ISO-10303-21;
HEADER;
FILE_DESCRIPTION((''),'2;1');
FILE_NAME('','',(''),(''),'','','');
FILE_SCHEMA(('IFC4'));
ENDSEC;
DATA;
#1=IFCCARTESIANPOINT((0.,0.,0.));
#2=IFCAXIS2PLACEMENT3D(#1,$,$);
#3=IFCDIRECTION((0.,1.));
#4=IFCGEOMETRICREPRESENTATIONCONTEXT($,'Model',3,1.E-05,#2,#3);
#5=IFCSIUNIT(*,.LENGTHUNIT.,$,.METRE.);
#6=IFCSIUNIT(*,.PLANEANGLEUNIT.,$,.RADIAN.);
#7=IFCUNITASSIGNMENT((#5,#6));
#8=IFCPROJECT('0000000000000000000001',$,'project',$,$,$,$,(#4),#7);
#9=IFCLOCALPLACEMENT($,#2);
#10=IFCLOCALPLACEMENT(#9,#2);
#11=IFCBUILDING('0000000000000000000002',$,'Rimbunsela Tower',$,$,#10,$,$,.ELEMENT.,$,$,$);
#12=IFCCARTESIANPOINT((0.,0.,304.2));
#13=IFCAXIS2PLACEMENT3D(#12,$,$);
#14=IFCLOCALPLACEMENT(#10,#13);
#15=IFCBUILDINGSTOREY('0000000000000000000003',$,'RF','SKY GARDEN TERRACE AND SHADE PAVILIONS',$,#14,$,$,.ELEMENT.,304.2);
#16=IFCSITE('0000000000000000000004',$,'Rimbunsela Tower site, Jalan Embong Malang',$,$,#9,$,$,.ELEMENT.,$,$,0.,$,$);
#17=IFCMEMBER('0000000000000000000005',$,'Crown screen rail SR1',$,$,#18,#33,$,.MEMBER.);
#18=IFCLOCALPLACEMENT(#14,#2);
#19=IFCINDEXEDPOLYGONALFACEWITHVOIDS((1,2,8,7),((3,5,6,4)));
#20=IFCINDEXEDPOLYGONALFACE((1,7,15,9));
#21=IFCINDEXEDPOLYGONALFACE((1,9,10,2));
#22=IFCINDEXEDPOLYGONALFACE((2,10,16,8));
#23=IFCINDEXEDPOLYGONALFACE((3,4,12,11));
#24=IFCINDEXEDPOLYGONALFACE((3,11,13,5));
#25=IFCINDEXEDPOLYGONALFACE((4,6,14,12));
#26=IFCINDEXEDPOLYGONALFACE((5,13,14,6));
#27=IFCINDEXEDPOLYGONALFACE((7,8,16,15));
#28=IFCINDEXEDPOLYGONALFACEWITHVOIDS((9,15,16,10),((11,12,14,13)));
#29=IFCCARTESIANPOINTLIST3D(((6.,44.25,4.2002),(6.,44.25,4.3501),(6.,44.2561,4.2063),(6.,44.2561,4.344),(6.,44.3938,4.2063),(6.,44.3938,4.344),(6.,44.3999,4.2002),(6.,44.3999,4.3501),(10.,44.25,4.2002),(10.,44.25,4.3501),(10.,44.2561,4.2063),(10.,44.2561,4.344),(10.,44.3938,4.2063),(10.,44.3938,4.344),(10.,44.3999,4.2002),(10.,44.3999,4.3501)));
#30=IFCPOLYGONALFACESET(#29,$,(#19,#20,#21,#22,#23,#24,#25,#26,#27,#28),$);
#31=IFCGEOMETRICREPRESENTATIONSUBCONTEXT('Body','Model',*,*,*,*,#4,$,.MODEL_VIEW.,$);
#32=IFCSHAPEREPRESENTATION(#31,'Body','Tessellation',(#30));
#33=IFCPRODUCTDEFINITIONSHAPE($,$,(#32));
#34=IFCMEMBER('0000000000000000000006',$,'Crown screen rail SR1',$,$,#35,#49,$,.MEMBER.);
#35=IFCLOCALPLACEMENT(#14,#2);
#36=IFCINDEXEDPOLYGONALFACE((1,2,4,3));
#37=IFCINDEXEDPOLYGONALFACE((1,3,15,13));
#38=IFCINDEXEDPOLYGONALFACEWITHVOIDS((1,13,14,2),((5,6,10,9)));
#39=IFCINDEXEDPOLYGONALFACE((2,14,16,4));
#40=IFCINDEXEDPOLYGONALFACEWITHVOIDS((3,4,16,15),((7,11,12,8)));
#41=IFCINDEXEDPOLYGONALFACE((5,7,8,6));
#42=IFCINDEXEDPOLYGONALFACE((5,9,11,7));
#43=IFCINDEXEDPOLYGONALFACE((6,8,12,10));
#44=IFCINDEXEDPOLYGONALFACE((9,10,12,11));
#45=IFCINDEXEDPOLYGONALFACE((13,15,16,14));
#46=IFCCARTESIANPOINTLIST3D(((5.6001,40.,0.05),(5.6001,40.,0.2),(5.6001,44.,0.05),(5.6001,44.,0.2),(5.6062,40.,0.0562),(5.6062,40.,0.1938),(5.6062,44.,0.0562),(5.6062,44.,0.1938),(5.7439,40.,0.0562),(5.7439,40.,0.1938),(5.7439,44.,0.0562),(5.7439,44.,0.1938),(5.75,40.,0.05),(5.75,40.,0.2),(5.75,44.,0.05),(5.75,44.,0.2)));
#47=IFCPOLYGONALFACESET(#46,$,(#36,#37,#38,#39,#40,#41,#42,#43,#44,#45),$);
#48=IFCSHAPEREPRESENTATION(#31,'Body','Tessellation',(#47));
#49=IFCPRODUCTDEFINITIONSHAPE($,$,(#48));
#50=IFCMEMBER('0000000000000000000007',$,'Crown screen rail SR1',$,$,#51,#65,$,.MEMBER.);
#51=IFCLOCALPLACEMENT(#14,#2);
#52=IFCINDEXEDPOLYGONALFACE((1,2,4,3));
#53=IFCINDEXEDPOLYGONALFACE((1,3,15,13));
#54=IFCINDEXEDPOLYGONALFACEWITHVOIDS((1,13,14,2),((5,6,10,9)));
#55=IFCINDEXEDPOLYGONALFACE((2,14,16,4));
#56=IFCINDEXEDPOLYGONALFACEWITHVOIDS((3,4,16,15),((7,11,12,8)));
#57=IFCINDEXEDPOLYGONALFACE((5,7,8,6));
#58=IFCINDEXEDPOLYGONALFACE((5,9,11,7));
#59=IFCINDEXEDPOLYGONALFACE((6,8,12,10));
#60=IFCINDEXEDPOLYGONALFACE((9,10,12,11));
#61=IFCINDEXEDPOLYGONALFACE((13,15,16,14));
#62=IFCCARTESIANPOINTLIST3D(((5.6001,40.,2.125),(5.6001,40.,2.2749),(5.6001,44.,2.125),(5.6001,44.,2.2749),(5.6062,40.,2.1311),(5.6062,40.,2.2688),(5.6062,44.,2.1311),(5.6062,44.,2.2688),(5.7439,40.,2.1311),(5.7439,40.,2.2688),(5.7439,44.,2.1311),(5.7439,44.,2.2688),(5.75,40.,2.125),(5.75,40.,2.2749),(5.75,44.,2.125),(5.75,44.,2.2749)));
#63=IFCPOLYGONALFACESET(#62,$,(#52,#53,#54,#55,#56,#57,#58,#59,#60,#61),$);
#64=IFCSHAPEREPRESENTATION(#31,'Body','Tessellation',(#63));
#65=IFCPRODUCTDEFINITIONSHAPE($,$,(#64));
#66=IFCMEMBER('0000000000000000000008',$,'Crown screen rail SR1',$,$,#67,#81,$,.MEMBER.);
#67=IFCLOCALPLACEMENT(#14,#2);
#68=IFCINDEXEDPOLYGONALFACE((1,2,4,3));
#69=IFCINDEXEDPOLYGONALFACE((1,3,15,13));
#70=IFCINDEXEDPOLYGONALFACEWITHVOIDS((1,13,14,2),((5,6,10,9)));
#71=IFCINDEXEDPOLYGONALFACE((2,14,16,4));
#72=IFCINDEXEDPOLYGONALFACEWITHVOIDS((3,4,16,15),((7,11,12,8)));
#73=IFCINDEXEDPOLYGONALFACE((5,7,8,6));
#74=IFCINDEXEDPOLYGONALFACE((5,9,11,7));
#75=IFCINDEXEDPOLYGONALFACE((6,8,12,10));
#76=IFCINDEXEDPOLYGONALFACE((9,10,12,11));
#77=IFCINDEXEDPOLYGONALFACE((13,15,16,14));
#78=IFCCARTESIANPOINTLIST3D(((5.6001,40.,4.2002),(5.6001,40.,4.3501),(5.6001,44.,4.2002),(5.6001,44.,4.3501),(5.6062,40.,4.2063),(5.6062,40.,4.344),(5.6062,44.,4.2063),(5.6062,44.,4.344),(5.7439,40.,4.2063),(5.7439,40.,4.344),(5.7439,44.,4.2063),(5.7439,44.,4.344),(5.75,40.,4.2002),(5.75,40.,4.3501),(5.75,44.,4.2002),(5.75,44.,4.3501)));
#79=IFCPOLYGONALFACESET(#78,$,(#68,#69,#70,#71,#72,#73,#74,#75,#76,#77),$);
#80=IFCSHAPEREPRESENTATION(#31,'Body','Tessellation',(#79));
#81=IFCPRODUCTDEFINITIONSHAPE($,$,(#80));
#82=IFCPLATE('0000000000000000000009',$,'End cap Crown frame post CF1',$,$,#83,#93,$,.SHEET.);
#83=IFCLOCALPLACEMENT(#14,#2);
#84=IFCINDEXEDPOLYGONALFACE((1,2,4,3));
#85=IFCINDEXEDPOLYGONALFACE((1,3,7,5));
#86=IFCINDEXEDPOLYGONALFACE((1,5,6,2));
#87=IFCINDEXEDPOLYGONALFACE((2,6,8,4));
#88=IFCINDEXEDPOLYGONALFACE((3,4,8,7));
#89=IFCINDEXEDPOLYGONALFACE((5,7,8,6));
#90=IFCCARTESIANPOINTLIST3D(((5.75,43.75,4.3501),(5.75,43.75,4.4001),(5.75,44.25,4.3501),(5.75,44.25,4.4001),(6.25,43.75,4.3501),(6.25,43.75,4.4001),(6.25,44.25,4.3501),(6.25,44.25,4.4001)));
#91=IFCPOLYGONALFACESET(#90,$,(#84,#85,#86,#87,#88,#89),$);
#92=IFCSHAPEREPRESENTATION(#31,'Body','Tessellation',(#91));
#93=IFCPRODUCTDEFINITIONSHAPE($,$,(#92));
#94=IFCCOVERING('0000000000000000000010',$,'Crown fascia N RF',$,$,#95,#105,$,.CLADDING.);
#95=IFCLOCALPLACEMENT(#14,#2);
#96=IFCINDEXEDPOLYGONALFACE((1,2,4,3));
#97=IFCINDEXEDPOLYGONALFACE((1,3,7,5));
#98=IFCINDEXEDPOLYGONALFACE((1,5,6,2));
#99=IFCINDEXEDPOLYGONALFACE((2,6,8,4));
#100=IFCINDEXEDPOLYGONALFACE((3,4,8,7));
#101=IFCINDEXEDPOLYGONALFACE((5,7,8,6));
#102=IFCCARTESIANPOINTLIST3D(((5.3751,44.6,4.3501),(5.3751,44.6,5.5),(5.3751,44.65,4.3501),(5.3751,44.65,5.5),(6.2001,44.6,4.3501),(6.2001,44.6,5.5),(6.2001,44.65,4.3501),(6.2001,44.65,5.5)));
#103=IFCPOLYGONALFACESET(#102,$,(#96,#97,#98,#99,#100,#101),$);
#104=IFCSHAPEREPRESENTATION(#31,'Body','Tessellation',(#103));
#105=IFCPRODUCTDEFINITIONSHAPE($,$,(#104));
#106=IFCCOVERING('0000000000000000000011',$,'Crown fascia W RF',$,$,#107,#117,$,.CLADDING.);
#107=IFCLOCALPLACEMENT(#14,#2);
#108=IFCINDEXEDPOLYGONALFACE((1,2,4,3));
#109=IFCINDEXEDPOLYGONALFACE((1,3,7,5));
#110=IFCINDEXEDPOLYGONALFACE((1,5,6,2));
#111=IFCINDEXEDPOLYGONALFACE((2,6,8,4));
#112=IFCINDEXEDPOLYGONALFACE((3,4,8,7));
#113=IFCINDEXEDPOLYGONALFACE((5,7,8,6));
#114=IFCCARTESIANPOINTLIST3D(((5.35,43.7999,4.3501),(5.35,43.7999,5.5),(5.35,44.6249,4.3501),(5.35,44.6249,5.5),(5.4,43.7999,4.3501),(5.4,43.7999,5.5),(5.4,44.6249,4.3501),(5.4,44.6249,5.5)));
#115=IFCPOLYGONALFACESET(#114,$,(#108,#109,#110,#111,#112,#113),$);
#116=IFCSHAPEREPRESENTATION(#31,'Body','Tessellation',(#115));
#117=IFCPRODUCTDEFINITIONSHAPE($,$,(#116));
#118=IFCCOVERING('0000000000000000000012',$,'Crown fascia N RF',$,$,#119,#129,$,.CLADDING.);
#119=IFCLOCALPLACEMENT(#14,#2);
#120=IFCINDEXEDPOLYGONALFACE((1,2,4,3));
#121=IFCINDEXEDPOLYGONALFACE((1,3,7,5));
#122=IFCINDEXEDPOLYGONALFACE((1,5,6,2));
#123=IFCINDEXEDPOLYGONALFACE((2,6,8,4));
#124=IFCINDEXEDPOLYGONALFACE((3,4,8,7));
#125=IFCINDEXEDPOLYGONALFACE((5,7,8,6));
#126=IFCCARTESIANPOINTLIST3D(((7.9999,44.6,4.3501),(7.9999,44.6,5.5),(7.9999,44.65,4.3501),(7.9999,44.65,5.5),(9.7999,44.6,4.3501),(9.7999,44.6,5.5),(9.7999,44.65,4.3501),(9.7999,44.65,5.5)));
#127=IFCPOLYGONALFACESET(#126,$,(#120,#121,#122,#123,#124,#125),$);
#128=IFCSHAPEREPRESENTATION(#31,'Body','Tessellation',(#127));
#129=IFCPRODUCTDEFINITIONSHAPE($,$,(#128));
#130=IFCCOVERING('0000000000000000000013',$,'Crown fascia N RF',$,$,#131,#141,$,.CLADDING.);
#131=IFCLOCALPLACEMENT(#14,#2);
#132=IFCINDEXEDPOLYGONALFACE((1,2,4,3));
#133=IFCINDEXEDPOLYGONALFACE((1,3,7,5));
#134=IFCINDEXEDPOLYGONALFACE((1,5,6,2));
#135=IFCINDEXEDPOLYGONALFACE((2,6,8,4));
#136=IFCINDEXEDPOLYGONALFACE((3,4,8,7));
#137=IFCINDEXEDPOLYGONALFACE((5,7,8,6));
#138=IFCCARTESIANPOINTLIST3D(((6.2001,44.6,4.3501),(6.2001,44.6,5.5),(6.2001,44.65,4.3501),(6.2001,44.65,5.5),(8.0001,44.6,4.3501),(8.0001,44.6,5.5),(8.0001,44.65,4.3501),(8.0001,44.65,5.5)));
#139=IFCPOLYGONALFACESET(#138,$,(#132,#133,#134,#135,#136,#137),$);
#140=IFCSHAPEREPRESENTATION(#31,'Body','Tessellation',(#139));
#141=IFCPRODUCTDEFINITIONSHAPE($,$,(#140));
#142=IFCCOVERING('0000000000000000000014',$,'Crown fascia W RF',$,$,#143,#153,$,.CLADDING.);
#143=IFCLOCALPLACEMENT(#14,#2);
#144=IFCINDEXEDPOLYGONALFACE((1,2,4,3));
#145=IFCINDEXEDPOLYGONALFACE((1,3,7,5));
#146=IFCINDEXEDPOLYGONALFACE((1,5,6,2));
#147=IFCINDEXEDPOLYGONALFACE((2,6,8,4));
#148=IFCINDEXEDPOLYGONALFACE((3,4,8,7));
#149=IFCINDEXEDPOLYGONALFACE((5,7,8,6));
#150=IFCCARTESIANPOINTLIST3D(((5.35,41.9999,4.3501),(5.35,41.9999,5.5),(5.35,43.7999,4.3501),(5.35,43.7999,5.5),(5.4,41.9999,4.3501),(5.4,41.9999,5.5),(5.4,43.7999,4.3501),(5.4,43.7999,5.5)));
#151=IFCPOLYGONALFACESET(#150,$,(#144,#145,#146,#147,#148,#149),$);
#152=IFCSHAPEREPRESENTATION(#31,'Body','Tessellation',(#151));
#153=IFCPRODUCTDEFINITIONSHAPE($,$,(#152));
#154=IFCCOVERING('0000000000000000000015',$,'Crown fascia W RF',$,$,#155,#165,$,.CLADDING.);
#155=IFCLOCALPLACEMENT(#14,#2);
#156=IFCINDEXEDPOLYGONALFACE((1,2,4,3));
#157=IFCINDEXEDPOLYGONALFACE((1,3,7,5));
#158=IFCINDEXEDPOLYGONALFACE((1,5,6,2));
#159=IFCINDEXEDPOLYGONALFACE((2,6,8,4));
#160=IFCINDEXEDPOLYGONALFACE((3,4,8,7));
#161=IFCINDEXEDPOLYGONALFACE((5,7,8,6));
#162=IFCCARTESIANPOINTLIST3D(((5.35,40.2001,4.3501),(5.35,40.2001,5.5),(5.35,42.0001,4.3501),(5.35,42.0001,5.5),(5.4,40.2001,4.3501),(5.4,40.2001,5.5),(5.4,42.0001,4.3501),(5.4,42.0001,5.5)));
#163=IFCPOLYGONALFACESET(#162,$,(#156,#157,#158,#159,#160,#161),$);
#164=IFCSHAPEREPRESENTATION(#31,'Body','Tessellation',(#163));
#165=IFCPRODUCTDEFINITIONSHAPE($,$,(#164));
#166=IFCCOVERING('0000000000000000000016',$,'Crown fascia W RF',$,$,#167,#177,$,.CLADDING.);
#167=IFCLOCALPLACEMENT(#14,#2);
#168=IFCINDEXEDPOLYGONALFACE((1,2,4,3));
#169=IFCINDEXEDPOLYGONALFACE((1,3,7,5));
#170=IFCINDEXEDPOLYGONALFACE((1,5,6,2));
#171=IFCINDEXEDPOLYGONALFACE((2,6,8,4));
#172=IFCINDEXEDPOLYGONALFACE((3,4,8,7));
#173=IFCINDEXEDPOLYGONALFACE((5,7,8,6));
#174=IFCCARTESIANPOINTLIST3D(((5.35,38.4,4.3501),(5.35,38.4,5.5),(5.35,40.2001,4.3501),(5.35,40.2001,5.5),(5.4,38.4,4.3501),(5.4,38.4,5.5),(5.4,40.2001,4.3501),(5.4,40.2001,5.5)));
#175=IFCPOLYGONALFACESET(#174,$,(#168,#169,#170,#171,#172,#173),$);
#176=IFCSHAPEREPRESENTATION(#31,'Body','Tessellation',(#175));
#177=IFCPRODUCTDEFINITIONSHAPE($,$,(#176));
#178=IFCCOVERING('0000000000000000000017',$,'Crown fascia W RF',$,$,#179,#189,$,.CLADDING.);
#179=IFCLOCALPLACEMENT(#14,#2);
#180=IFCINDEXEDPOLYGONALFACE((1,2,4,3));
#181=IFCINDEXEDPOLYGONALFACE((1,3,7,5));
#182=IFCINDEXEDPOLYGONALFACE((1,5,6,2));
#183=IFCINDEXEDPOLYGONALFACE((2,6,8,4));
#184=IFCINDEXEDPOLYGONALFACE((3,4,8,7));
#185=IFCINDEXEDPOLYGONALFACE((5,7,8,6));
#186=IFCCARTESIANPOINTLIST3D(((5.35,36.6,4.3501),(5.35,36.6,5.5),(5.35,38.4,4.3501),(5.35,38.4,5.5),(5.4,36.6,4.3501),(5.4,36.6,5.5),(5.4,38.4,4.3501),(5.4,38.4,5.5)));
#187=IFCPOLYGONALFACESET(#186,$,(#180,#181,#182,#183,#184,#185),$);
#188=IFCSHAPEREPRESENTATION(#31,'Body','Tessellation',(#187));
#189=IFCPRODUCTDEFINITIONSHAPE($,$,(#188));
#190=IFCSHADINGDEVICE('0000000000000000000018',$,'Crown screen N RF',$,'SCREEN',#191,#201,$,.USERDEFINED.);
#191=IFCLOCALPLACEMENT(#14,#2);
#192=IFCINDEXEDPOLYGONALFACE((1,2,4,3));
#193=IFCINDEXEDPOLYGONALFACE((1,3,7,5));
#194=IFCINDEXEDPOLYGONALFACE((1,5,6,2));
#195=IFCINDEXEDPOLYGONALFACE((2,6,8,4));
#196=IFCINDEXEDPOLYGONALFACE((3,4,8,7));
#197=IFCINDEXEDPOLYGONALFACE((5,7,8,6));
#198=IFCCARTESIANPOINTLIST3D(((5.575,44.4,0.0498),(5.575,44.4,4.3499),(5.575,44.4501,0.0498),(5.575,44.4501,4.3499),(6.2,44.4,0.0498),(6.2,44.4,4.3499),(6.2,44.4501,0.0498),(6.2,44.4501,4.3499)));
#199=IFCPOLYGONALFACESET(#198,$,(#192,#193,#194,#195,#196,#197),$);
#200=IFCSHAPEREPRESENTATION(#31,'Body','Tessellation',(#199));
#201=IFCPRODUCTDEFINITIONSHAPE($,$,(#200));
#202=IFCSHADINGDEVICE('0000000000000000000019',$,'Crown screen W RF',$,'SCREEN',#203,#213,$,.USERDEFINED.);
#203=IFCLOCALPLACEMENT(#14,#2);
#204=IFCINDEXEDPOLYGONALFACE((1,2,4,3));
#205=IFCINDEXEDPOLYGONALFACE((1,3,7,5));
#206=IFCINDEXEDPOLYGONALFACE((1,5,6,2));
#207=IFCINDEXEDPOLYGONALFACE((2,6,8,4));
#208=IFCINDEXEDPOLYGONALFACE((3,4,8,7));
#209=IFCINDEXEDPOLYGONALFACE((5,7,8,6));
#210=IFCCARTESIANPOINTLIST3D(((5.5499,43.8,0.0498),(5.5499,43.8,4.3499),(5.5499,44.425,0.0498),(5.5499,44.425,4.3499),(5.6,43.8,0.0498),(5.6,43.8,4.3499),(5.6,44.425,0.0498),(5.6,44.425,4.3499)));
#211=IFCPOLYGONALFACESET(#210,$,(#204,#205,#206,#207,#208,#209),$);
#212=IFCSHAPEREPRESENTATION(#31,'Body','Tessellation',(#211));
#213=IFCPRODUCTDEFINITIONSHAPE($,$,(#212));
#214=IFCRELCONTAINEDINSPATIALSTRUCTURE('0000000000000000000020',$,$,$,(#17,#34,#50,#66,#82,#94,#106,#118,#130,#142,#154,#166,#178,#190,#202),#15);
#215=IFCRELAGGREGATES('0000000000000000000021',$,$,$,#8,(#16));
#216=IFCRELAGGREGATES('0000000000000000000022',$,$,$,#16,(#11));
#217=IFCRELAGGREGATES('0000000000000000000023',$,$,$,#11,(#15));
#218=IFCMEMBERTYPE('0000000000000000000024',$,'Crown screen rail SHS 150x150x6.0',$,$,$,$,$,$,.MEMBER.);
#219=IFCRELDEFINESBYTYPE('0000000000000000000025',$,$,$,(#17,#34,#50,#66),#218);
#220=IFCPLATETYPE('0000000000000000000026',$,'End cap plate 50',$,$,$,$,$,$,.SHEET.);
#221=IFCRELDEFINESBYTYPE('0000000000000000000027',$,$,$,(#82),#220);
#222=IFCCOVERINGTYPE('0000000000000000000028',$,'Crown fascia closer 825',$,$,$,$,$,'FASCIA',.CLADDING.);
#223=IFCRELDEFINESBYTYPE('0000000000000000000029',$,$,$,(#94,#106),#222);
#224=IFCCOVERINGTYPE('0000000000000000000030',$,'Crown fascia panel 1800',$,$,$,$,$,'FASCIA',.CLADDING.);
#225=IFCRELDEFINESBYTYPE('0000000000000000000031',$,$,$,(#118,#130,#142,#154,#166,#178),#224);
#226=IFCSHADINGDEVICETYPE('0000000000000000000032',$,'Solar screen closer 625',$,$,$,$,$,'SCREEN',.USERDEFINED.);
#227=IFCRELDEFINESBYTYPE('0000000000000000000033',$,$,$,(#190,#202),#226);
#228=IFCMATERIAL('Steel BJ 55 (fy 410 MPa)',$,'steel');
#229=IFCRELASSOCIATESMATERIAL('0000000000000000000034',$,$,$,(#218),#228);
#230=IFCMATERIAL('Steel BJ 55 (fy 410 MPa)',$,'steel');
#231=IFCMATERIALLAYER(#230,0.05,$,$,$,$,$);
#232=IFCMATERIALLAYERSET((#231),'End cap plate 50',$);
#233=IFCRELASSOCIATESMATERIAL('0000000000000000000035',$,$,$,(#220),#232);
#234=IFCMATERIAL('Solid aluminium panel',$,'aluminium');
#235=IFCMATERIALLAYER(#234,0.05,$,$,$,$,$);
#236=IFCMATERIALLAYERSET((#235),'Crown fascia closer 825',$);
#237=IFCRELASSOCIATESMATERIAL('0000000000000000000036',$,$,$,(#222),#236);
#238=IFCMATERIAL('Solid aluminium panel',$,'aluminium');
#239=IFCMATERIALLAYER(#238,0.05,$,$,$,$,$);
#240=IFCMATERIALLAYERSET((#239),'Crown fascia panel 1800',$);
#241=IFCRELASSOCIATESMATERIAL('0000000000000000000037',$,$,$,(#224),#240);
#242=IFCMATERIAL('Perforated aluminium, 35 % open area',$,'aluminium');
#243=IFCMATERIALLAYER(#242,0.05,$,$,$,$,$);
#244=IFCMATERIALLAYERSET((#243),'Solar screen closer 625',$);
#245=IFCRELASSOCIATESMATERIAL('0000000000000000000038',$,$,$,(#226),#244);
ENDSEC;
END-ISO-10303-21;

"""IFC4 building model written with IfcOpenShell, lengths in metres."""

from ifc_helpers import new_model, si_unit, direction, frame, origin, origin_2d, place, context, subcontext, project, spatial, rectangle, hollow_rectangle, extrude, material, layer, layer_set, material_profile, profile_set, type_object, element, save


model = new_model("IFC4")

# Units and contexts
model_context = context("Model", 3, precision=1e-05, world=origin(), true_north=direction((0.0, 1.0)))
body_context = subcontext(model_context, "Body", "Model", "MODEL_VIEW")
ifc_project = project(units=[si_unit("LENGTHUNIT", "METRE"), si_unit("PLANEANGLEUNIT", "RADIAN")], contexts=[model_context])

# Site, building, storey
site_placement = place(None, origin())
site = spatial("IfcSite", under=ifc_project, at=site_placement, Name="Rimbunsela Tower site, Jalan Embong Malang", CompositionType="ELEMENT", RefElevation=0.0)
building_placement = place(site_placement, origin())
building = spatial("IfcBuilding", under=site, at=building_placement, Name="Rimbunsela Tower", CompositionType="ELEMENT")
storey_placement = place(building_placement, frame((0.0, 0.0, 304.2)))
storey = spatial("IfcBuildingStorey", under=building, at=storey_placement, Name="RF", Description="SKY GARDEN TERRACE AND SHADE PAVILIONS", CompositionType="ELEMENT", Elevation=304.2)

# Members
ifc_material_1 = material(Name="Steel BJ 55 (fy 410 MPa)", Category="steel")
ifc_material_profile_1 = material_profile(ifc_material_1, hollow_rectangle(XDim=0.1499, YDim=0.1499, WallThickness=0.0061, at=origin_2d()), Name="SHS 150x150x6.0")
ifc_profile_set_1 = profile_set([ifc_material_profile_1], Name="Steel BJ 55 (fy 410 MPa)")
member_type_1 = type_object("IfcMemberType", Name="Crown screen rail SHS 150x150x6.0", PredefinedType="MEMBER", material=ifc_profile_set_1)
for number, where, z_axis, x_axis, name in (
    (1, (6.0, 44.325, 4.2751), (1.0, 0.0, 0.0), (0.0, 1.0, 0.0), "Crown screen rail SR1"),
    (2, (5.675, 40.0, 0.125), (0.0, 1.0, 0.0), (-1.0, 0.0, 0.0), "Crown screen rail SR1"),
    (3, (5.675, 40.0, 2.2), (0.0, 1.0, 0.0), (-1.0, 0.0, 0.0), "Crown screen rail SR1"),
    (4, (5.675, 40.0, 4.2751), (0.0, 1.0, 0.0), (-1.0, 0.0, 0.0), "Crown screen rail SR1"),
):
    element("IfcMember", number, at=place(storey_placement, frame(where, z_axis=z_axis, x_axis=x_axis)), inside=storey, type_object=member_type_1, Name=name, PredefinedType="MEMBER", context=body_context, shape_type="SweptSolid", body=[
        extrude(hollow_rectangle(XDim=0.1499, YDim=0.1499, WallThickness=0.0061, at=origin_2d()), origin(), (0.0, 0.0, 1.0), 4.0),
    ])

# Plate
ifc_material_2 = material(Name="Steel BJ 55 (fy 410 MPa)", Category="steel")
ifc_layer_1 = layer(ifc_material_2, 0.05)
ifc_layer_set_1 = layer_set([ifc_layer_1], Name="End cap plate 50")
plate_type = type_object("IfcPlateType", Name="End cap plate 50", PredefinedType="SHEET", material=ifc_layer_set_1)
plate_placement = place(storey_placement, frame((6.0, 44.0, 4.3501), z_axis=(0.0, 0.0, 1.0), x_axis=(1.0, 0.0, 0.0)))
element("IfcPlate", 5, at=plate_placement, inside=storey, type_object=plate_type, Name="End cap Crown frame post CF1", PredefinedType="SHEET", context=body_context, shape_type="SweptSolid", body=[
    extrude(rectangle(XDim=0.5, YDim=0.5, at=origin_2d()), origin(), (0.0, 0.0, 1.0), 0.05),
])

# Coverings
ifc_material_3 = material(Name="Solid aluminium panel", Category="aluminium")
ifc_layer_2 = layer(ifc_material_3, 0.05)
ifc_layer_set_2 = layer_set([ifc_layer_2], Name="Crown fascia closer 825")
covering_type_1 = type_object("IfcCoveringType", Name="Crown fascia closer 825", ElementType="FASCIA", PredefinedType="CLADDING", material=ifc_layer_set_2)
for number, where, z_axis, x_axis, name in (
    (6, (5.7876, 44.625, 4.3501), (0.0, 0.0, 1.0), (1.0, 0.0, 0.0), "Crown fascia N RF"),
    (7, (5.375, 44.2124, 4.3501), (0.0, 0.0, 1.0), (0.0, 1.0, 0.0), "Crown fascia W RF"),
):
    element("IfcCovering", number, at=place(storey_placement, frame(where, z_axis=z_axis, x_axis=x_axis)), inside=storey, type_object=covering_type_1, Name=name, PredefinedType="CLADDING", context=body_context, shape_type="SweptSolid", body=[
        extrude(rectangle(XDim=0.825, YDim=0.05, at=origin_2d()), origin(), (0.0, 0.0, 1.0), 1.1499),
    ])
ifc_material_4 = material(Name="Solid aluminium panel", Category="aluminium")
ifc_layer_3 = layer(ifc_material_4, 0.05)
ifc_layer_set_3 = layer_set([ifc_layer_3], Name="Crown fascia panel 1800")
covering_type_2 = type_object("IfcCoveringType", Name="Crown fascia panel 1800", ElementType="FASCIA", PredefinedType="CLADDING", material=ifc_layer_set_3)
for number, where, z_axis, x_axis, name in (
    (8, (8.8999, 44.625, 4.3501), (0.0, 0.0, 1.0), (1.0, 0.0, 0.0), "Crown fascia N RF"),
    (9, (7.1001, 44.625, 4.3501), (0.0, 0.0, 1.0), (1.0, 0.0, 0.0), "Crown fascia N RF"),
    (10, (5.375, 42.8999, 4.3501), (0.0, 0.0, 1.0), (0.0, 1.0, 0.0), "Crown fascia W RF"),
    (11, (5.375, 41.1001, 4.3501), (0.0, 0.0, 1.0), (0.0, 1.0, 0.0), "Crown fascia W RF"),
    (12, (5.375, 39.3, 4.3501), (0.0, 0.0, 1.0), (0.0, 1.0, 0.0), "Crown fascia W RF"),
    (13, (5.375, 37.5, 4.3501), (0.0, 0.0, 1.0), (0.0, 1.0, 0.0), "Crown fascia W RF"),
):
    element("IfcCovering", number, at=place(storey_placement, frame(where, z_axis=z_axis, x_axis=x_axis)), inside=storey, type_object=covering_type_2, Name=name, PredefinedType="CLADDING", context=body_context, shape_type="SweptSolid", body=[
        extrude(rectangle(XDim=1.8, YDim=0.05, at=origin_2d()), origin(), (0.0, 0.0, 1.0), 1.1499),
    ])

# Shading devices
ifc_material_5 = material(Name="Perforated aluminium, 35 % open area", Category="aluminium")
ifc_layer_4 = layer(ifc_material_5, 0.05)
ifc_layer_set_4 = layer_set([ifc_layer_4], Name="Solar screen closer 625")
shading_device_type_1 = type_object("IfcShadingDeviceType", Name="Solar screen closer 625", ElementType="SCREEN", PredefinedType="USERDEFINED", material=ifc_layer_set_4)
for number, where, z_axis, x_axis, name in (
    (14, (5.8875, 44.425, 0.0498), (0.0, 0.0, 1.0), (1.0, 0.0, 0.0), "Crown screen N RF"),
    (15, (5.575, 44.1125, 0.0498), (0.0, 0.0, 1.0), (0.0, 1.0, 0.0), "Crown screen W RF"),
):
    element("IfcShadingDevice", number, at=place(storey_placement, frame(where, z_axis=z_axis, x_axis=x_axis)), inside=storey, type_object=shading_device_type_1, Name=name, ObjectType="SCREEN", PredefinedType="USERDEFINED", context=body_context, shape_type="SweptSolid", body=[
        extrude(rectangle(XDim=0.625, YDim=0.05, at=origin_2d()), origin(), (0.0, 0.0, 1.0), 4.3),
    ])

save(model, "model.ifc")
